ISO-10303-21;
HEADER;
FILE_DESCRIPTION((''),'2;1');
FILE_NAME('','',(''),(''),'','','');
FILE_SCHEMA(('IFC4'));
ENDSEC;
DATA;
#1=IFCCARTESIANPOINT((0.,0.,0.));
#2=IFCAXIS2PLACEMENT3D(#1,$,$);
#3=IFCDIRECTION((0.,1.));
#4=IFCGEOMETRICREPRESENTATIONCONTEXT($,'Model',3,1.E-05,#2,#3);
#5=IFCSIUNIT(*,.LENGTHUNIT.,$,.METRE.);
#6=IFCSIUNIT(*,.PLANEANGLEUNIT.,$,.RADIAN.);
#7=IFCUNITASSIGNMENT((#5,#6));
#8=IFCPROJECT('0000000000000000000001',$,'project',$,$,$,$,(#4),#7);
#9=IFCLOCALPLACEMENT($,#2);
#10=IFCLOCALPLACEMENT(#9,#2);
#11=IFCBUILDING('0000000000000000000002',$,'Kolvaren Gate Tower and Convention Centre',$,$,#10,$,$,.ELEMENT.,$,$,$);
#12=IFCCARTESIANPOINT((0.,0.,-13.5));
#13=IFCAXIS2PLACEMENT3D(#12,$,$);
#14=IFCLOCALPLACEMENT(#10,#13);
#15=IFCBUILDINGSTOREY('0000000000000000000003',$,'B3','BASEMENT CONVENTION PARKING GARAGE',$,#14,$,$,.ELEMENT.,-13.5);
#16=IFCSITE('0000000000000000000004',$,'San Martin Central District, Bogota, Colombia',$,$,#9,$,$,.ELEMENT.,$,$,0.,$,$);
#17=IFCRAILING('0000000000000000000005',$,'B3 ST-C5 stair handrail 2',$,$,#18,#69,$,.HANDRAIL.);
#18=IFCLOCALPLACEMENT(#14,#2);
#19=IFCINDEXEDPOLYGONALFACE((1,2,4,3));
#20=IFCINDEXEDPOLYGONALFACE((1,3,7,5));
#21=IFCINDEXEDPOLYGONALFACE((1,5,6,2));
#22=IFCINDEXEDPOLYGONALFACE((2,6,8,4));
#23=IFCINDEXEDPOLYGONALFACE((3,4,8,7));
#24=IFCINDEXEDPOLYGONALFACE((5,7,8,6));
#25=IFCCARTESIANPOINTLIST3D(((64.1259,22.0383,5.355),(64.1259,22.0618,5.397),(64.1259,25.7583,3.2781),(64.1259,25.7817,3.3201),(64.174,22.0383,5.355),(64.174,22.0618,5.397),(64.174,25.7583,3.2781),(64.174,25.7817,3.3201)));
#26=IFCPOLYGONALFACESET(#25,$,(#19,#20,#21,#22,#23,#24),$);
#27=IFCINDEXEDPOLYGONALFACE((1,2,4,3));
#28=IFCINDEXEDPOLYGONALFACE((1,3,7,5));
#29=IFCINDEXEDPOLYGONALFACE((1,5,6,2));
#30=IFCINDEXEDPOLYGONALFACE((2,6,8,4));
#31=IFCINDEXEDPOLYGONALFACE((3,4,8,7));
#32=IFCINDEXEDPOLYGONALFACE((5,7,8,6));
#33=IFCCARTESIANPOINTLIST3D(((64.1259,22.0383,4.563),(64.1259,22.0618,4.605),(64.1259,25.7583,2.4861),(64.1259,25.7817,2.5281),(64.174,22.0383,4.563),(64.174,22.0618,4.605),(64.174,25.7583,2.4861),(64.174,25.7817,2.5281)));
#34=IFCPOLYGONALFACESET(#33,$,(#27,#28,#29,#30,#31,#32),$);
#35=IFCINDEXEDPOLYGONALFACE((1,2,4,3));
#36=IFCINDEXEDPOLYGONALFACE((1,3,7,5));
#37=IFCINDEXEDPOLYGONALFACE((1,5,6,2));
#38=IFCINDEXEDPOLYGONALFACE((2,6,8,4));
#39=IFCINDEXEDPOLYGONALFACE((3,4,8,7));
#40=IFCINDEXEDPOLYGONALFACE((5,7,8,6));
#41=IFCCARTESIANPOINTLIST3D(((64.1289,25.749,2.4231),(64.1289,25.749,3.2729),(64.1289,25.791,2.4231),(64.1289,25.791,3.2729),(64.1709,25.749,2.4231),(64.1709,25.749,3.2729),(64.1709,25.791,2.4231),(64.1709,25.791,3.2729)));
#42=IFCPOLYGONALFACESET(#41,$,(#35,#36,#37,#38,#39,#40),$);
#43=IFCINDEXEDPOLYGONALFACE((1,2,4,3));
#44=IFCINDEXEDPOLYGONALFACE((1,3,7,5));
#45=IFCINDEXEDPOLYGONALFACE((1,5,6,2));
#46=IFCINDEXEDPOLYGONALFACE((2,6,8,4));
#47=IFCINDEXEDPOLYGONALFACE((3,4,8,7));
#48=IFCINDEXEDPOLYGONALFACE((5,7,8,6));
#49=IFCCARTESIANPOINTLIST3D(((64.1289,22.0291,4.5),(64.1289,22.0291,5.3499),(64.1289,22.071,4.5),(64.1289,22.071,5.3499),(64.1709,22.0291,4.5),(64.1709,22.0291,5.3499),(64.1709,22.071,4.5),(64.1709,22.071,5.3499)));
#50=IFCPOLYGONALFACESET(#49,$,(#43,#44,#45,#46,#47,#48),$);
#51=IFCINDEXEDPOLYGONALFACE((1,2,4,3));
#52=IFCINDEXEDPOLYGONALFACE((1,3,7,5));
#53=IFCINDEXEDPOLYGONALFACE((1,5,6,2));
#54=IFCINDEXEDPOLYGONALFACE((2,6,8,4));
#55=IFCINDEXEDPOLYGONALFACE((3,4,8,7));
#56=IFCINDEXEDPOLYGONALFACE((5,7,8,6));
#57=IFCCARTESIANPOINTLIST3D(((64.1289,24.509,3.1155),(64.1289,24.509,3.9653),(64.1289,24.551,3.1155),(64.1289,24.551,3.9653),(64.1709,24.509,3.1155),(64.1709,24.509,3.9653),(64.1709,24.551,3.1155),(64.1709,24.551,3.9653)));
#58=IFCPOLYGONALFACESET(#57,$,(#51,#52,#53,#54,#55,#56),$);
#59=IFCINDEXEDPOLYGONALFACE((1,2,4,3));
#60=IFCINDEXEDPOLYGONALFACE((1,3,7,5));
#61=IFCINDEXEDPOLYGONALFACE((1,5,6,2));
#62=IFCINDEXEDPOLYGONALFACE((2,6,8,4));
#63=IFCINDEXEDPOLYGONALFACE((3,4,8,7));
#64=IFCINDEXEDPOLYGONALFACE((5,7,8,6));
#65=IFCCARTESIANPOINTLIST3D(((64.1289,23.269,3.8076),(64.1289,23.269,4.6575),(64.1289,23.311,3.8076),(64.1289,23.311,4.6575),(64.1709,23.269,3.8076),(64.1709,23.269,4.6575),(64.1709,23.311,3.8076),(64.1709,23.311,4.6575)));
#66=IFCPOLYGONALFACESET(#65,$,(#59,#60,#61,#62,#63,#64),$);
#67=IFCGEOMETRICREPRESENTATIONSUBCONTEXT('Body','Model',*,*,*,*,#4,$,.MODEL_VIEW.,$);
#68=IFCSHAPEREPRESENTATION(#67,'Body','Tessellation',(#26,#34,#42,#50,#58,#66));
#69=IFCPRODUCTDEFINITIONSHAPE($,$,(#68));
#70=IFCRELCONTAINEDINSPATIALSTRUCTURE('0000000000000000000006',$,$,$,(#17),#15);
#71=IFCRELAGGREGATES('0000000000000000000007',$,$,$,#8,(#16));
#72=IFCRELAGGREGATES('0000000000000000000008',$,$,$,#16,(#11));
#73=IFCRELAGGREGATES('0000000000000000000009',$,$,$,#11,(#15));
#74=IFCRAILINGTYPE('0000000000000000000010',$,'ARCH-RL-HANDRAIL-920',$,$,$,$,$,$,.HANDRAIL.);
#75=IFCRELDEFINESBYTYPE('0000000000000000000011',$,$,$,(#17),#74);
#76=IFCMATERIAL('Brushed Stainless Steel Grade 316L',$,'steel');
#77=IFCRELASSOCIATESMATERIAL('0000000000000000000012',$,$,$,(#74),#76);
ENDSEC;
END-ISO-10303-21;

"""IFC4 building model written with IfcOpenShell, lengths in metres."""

from ifc_helpers import new_model, si_unit, direction, frame, origin, origin_2d, place, context, subcontext, project, spatial, rectangle, extrude, material, type_object, element, save


model = new_model("IFC4")

# Units and contexts
model_context = context("Model", 3, precision=1e-05, world=origin(), true_north=direction((0.0, 1.0)))
body_context = subcontext(model_context, "Body", "Model", "MODEL_VIEW")
ifc_project = project(units=[si_unit("LENGTHUNIT", "METRE"), si_unit("PLANEANGLEUNIT", "RADIAN")], contexts=[model_context])

# Site, building, storey
site_placement = place(None, origin())
site = spatial("IfcSite", under=ifc_project, at=site_placement, Name="San Martin Central District, Bogota, Colombia", CompositionType="ELEMENT", RefElevation=0.0)
building_placement = place(site_placement, origin())
building = spatial("IfcBuilding", under=site, at=building_placement, Name="Kolvaren Gate Tower and Convention Centre", CompositionType="ELEMENT")
storey_placement = place(building_placement, frame((0.0, 0.0, -13.5)))
storey = spatial("IfcBuildingStorey", under=building, at=storey_placement, Name="B3", Description="BASEMENT CONVENTION PARKING GARAGE", CompositionType="ELEMENT", Elevation=-13.5)

# Railing
ifc_material_1 = material(Name="Brushed Stainless Steel Grade 316L", Category="steel")
railing_type_1 = type_object("IfcRailingType", Name="ARCH-RL-HANDRAIL-920", PredefinedType="HANDRAIL", material=ifc_material_1)
railing_1_placement = place(storey_placement, frame((64.1499, 25.77, 2.4231)))
element("IfcRailing", 1, at=railing_1_placement, inside=storey, type_object=railing_type_1, Name="B3 ST-C5 stair handrail 2", PredefinedType="HANDRAIL", context=body_context, shape_type="SweptSolid", body=[
    extrude(rectangle(XDim=0.0481, YDim=0.0481, at=origin_2d()), frame((0.0, 0.0, 0.876), z_axis=(0.0, -0.873134, 0.487481), x_axis=(1.0, 0.0, 0.0)), (0.0, 0.0, 1.0), 4.2605),
    extrude(rectangle(XDim=0.0481, YDim=0.0481, at=origin_2d()), frame((0.0, 0.0, 0.084), z_axis=(0.0, -0.873134, 0.487481), x_axis=(1.0, 0.0, 0.0)), (0.0, 0.0, 1.0), 4.2605),
    extrude(rectangle(XDim=0.042, YDim=0.042, at=origin_2d()), origin(), (0.0, 0.0, 1.0), 0.8499),
    extrude(rectangle(XDim=0.042, YDim=0.042, at=origin_2d()), frame((0.0, -3.72, 2.0769)), (0.0, 0.0, 1.0), 0.8499),
    extrude(rectangle(XDim=0.042, YDim=0.042, at=origin_2d()), frame((0.0, -1.24, 0.6924)), (0.0, 0.0, 1.0), 0.8499),
    extrude(rectangle(XDim=0.042, YDim=0.042, at=origin_2d()), frame((0.0, -2.48, 1.3845)), (0.0, 0.0, 1.0), 0.8499),
])

save(model, "model.ifc")
